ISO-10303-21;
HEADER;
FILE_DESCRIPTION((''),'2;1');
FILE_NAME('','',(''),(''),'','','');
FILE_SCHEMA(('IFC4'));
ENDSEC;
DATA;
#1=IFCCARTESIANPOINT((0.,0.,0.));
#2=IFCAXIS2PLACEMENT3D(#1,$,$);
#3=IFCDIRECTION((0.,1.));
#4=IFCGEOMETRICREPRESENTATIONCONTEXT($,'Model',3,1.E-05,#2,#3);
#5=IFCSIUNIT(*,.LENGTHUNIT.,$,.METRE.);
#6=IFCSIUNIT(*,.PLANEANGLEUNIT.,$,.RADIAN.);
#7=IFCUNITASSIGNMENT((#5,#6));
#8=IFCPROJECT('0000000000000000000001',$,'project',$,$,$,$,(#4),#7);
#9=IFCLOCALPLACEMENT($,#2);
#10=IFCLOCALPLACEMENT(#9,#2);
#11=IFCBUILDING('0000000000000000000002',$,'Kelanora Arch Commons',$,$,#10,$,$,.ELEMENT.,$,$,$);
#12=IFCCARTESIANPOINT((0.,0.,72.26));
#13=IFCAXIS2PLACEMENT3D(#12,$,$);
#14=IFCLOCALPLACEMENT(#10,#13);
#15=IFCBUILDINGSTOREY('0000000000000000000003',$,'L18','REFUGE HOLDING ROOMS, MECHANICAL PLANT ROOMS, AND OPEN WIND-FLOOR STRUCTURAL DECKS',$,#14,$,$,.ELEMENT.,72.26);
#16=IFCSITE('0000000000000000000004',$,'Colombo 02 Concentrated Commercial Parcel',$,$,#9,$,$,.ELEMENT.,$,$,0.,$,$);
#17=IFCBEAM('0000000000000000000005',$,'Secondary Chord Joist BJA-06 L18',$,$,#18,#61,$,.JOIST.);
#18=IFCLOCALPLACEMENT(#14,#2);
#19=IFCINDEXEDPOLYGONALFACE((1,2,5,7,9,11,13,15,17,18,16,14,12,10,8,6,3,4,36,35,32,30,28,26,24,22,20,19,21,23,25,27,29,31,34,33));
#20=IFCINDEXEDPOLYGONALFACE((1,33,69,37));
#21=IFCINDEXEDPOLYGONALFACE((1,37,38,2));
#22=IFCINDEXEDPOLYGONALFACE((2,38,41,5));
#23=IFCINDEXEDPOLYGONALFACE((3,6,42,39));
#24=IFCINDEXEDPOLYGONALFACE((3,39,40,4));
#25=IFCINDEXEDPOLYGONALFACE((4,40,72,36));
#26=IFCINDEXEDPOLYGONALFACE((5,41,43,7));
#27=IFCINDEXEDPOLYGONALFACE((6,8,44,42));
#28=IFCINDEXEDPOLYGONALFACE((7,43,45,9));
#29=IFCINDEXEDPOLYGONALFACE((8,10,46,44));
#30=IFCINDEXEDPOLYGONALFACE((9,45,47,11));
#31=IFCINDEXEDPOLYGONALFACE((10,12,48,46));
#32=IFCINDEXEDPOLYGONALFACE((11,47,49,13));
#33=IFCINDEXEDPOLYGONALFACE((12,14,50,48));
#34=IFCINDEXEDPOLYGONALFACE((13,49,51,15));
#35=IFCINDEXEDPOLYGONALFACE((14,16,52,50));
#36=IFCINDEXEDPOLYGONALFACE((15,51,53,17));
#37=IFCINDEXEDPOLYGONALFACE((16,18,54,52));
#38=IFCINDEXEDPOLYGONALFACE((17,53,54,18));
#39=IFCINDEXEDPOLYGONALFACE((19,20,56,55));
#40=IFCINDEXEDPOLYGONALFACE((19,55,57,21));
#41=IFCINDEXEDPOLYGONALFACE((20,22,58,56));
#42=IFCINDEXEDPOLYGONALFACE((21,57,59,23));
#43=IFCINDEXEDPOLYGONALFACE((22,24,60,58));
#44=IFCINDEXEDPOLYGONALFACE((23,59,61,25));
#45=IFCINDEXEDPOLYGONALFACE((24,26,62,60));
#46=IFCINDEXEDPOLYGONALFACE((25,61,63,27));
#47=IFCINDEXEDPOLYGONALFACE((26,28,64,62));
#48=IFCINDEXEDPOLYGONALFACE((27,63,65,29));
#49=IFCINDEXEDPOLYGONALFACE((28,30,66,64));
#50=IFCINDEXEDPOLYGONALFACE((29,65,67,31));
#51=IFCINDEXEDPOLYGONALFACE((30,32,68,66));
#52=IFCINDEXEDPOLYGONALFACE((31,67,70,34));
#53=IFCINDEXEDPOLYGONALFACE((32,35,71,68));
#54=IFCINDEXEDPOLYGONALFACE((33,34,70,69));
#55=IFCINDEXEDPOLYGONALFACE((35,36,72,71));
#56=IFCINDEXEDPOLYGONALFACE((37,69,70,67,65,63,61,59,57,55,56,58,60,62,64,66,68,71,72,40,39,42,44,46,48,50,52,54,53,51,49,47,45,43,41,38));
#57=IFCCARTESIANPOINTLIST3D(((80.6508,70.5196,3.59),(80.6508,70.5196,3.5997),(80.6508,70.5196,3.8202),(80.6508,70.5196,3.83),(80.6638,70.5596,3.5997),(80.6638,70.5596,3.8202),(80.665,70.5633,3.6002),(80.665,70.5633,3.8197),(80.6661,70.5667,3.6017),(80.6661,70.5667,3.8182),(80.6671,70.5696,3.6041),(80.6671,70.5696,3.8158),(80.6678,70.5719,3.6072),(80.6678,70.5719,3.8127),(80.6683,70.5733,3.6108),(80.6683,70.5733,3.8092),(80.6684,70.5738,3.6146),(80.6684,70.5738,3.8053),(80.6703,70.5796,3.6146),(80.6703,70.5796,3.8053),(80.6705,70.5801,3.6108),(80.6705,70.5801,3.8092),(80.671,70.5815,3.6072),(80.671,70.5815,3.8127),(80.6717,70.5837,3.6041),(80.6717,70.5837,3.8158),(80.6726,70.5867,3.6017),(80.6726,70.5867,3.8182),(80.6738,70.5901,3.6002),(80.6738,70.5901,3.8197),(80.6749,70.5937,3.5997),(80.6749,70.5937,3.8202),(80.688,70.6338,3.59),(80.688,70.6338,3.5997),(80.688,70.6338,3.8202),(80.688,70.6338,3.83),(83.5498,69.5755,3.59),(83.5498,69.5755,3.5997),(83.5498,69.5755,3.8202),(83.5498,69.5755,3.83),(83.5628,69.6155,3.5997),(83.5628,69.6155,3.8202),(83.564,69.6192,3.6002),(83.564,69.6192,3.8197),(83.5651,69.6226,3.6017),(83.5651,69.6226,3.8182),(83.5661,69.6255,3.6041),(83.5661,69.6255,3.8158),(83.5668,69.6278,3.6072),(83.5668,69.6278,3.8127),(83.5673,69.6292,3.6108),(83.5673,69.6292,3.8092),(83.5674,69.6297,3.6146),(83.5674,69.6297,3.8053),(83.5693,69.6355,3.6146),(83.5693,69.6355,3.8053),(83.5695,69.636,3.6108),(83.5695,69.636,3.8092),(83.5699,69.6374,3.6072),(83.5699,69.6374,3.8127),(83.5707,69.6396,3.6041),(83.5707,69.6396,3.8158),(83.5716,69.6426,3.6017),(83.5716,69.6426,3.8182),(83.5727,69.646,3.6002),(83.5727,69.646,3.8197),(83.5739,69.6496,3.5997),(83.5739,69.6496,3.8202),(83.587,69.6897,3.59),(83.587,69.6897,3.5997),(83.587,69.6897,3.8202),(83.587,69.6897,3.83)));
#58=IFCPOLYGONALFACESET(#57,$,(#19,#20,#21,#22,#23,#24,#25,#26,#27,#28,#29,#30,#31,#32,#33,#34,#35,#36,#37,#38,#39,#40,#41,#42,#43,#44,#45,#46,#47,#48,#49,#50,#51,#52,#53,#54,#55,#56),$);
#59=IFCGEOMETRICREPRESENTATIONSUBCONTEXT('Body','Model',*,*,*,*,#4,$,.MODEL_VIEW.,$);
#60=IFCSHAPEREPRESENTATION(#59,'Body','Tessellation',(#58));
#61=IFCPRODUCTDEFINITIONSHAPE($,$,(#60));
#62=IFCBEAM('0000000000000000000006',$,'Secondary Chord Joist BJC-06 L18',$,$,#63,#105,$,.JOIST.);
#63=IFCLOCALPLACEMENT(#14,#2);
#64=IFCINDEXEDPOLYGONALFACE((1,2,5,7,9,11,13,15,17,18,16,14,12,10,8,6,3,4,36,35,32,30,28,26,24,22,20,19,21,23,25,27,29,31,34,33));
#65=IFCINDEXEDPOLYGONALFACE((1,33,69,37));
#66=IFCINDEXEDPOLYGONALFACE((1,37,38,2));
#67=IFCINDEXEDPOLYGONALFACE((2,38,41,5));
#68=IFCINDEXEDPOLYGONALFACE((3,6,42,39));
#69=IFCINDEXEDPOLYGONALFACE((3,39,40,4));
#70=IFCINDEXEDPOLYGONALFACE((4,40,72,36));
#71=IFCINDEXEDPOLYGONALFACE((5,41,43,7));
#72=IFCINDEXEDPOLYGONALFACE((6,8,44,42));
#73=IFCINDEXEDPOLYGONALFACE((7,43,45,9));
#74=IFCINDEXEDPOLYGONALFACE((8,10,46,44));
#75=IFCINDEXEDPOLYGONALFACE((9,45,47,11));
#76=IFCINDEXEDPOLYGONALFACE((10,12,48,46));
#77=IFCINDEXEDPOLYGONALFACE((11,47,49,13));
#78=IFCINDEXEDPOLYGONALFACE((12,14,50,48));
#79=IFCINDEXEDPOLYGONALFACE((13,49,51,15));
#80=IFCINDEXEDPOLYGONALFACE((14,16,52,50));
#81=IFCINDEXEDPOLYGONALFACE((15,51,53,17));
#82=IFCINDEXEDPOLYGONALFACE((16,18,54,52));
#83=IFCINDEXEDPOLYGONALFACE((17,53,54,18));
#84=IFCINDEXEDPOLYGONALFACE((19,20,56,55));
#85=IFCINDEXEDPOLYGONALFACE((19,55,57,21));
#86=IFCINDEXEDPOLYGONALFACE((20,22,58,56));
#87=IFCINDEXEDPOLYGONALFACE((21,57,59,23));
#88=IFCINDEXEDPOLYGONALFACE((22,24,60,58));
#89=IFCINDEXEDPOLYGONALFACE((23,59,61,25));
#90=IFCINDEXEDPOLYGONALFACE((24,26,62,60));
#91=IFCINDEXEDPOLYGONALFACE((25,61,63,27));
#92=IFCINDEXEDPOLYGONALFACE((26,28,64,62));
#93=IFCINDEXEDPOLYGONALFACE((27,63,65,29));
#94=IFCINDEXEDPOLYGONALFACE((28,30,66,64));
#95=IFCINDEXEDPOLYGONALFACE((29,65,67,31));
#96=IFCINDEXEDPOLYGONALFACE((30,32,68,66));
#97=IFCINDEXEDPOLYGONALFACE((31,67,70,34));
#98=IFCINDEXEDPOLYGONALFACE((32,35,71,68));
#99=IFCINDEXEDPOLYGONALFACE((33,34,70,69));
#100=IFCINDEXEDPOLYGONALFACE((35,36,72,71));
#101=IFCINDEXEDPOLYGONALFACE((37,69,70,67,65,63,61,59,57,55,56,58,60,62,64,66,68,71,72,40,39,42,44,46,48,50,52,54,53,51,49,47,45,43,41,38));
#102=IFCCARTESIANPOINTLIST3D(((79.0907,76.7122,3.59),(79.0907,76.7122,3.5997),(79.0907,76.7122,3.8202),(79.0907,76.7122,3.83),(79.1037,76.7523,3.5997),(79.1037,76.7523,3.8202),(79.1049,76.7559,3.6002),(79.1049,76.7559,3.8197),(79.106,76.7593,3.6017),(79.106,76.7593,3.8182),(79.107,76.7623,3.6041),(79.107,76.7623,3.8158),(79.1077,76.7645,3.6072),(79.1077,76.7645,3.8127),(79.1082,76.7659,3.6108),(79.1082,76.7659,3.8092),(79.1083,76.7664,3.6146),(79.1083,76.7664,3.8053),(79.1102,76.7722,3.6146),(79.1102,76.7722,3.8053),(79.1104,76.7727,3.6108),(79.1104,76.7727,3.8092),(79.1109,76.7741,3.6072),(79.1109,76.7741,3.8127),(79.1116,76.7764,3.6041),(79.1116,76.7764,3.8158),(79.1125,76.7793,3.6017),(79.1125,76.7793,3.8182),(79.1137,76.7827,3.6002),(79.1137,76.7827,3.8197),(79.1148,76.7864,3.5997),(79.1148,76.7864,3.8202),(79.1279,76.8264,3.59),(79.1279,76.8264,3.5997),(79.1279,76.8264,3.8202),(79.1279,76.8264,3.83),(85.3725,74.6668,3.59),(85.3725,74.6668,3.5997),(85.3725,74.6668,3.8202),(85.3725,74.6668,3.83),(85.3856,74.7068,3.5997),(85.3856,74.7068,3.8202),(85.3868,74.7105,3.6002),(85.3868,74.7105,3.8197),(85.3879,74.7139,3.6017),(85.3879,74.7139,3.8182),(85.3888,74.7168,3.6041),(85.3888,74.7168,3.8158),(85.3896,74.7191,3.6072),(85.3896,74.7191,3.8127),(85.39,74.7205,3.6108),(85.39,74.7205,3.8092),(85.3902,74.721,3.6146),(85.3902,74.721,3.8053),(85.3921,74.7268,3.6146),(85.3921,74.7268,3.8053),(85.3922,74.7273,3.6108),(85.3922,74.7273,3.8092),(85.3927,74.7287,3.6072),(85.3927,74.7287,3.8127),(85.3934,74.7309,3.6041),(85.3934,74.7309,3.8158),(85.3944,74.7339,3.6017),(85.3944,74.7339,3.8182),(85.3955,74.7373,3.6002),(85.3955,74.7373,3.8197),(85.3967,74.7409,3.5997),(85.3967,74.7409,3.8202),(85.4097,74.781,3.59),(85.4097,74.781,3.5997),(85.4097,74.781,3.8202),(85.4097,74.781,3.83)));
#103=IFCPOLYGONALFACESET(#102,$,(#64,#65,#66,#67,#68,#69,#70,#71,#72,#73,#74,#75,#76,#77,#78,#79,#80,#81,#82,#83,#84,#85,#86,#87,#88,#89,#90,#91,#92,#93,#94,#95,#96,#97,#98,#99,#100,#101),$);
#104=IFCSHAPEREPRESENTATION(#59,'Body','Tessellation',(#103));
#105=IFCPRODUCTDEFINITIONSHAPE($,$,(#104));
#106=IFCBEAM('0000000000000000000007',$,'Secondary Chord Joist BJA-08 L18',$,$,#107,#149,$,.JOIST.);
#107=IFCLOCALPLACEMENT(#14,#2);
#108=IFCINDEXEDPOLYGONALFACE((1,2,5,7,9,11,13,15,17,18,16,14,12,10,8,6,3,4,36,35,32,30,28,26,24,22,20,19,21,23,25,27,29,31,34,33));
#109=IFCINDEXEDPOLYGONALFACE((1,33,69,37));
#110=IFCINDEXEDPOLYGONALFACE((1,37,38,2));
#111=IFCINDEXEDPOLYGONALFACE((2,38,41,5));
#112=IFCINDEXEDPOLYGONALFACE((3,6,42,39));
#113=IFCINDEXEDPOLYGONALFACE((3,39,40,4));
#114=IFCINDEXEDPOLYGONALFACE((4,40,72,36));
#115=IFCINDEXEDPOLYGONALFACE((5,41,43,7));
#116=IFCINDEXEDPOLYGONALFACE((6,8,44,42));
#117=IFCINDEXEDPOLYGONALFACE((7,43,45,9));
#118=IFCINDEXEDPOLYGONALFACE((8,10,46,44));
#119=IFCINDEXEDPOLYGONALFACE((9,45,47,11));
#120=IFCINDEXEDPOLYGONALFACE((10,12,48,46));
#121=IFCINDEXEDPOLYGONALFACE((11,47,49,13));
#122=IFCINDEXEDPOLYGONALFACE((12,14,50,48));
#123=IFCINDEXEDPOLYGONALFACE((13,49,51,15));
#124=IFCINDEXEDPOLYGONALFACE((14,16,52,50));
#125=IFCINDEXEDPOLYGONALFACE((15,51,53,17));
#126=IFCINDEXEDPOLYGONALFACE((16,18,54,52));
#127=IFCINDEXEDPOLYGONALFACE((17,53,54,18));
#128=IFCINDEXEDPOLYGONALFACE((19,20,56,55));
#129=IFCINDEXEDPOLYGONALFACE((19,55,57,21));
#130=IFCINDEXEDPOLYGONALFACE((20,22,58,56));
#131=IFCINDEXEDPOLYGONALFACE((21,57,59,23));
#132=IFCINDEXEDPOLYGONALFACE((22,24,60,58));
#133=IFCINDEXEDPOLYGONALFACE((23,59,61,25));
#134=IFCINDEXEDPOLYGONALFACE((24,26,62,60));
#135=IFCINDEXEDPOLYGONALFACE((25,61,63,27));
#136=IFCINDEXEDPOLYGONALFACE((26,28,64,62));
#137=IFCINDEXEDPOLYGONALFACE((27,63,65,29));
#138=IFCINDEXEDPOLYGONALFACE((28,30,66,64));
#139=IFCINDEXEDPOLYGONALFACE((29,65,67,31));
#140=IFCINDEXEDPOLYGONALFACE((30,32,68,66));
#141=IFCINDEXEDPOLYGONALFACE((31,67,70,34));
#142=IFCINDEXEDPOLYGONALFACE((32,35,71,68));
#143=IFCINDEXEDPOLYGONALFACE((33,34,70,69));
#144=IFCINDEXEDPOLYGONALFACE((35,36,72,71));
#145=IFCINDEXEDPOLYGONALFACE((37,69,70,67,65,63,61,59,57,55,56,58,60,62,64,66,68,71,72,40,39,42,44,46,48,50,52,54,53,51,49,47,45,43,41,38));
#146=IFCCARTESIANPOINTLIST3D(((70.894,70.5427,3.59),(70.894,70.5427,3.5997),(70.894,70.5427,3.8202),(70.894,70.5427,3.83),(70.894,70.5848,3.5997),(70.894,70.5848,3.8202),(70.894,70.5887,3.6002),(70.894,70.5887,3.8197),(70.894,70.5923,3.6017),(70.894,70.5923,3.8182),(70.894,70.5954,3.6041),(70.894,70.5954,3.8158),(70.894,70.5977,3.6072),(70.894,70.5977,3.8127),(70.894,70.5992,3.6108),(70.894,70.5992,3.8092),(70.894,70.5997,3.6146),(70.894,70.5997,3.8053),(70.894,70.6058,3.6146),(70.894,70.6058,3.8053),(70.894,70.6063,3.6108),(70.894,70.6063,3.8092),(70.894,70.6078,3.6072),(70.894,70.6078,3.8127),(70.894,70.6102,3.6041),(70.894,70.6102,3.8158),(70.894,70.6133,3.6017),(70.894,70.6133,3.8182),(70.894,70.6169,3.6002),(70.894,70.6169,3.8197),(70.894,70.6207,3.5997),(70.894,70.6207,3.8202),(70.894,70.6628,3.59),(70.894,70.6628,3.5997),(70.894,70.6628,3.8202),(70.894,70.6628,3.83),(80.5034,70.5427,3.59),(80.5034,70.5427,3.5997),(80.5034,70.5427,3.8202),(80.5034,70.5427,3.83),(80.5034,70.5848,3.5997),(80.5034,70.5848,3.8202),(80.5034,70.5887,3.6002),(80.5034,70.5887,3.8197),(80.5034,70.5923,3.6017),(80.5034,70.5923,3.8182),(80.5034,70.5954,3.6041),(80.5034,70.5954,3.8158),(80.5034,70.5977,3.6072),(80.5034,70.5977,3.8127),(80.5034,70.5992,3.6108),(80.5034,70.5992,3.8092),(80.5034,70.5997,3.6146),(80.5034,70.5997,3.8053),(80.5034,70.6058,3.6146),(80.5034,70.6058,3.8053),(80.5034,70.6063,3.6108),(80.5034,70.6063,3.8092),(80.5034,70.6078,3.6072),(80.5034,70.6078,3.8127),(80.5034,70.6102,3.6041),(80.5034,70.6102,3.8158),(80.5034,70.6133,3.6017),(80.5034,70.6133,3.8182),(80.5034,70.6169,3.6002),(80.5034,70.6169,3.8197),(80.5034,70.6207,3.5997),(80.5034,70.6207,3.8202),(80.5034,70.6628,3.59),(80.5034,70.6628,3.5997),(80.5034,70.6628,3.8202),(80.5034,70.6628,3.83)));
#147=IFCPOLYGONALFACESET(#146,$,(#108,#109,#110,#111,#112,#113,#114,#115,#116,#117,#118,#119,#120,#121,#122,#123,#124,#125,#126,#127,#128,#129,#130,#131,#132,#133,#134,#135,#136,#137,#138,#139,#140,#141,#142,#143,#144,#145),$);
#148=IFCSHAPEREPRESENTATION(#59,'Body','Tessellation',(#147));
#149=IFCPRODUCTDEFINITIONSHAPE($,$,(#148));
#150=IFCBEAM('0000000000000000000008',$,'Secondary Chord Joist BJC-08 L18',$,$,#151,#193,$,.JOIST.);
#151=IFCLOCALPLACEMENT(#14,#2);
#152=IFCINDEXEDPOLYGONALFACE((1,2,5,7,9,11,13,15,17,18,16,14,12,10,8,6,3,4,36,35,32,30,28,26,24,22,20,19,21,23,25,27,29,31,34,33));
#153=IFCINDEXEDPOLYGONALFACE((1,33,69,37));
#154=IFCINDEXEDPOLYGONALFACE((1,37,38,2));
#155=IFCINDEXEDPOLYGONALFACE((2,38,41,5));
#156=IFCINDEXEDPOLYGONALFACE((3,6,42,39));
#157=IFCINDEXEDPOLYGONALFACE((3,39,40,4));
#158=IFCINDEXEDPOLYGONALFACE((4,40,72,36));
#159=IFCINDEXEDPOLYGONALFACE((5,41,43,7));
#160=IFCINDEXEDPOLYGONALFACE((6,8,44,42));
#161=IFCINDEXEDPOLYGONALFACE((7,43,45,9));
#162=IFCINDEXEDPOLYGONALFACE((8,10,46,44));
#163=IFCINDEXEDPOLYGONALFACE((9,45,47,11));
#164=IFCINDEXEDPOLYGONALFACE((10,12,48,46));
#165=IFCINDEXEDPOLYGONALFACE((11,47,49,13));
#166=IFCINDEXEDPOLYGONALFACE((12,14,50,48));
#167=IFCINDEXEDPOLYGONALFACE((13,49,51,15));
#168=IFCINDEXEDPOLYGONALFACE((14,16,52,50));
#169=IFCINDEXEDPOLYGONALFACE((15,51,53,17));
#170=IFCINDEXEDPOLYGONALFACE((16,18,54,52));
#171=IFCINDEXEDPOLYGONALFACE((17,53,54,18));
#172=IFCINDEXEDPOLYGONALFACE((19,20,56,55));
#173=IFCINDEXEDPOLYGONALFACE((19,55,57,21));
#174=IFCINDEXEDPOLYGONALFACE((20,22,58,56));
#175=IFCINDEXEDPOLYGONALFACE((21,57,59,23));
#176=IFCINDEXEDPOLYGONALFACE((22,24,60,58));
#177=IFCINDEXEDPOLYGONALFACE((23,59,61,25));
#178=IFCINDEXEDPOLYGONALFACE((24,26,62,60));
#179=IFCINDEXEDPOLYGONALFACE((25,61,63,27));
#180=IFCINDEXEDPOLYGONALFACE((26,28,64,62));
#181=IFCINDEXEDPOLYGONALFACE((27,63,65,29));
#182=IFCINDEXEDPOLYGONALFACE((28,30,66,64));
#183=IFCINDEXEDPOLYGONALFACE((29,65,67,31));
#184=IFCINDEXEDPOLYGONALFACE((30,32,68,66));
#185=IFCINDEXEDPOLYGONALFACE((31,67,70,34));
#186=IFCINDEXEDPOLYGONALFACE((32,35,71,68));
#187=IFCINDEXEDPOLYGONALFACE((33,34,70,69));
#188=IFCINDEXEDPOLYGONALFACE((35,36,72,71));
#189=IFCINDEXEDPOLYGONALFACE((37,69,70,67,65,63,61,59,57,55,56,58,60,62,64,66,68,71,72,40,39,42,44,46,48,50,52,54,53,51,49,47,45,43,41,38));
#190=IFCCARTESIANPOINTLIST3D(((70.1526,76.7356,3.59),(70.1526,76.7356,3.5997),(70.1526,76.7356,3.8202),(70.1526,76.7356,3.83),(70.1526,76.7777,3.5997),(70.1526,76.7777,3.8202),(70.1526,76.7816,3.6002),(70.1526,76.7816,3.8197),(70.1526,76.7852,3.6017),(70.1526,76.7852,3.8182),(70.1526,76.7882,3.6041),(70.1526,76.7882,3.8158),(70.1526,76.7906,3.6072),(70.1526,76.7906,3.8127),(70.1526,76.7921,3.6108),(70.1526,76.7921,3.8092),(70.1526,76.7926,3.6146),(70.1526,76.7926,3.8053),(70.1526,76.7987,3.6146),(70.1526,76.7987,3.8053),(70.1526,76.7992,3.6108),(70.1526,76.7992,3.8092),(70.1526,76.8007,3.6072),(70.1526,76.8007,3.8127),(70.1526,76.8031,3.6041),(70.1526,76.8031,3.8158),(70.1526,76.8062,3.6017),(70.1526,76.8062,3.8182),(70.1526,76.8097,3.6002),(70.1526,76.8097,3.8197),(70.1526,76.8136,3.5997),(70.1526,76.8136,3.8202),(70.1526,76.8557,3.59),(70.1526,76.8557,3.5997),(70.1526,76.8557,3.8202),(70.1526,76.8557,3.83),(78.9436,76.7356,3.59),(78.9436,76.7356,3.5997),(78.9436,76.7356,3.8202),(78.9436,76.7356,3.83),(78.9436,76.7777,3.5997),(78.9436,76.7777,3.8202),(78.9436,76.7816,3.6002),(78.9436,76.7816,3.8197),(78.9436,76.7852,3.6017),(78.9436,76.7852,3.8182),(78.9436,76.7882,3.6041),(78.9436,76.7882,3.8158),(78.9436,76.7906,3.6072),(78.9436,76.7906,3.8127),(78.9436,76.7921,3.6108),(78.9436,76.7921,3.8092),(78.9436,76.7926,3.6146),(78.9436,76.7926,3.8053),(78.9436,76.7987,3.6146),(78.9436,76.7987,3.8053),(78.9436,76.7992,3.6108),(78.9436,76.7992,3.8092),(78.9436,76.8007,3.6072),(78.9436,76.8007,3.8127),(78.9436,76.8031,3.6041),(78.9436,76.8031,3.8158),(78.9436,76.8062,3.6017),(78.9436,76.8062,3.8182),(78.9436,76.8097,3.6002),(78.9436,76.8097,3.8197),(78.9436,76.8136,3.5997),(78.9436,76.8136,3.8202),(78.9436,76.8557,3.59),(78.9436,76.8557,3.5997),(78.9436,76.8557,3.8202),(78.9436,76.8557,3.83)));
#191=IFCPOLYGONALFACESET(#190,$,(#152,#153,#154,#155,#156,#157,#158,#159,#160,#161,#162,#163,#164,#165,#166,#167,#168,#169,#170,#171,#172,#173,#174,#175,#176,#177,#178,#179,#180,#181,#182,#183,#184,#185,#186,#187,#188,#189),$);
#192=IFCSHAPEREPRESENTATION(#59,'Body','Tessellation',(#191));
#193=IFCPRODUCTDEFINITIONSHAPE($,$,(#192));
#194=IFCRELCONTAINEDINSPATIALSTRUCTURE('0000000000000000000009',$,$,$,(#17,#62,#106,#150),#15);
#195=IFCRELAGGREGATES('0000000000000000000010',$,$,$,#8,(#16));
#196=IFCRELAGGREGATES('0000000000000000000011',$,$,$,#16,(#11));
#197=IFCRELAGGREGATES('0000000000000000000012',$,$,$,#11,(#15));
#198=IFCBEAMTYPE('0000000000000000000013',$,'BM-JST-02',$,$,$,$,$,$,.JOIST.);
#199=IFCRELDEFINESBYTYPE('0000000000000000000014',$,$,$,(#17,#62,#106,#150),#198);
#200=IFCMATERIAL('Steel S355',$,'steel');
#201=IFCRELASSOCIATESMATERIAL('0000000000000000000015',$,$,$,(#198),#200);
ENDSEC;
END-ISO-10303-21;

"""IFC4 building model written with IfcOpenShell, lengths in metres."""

from ifc_helpers import new_model, si_unit, direction, frame, origin, origin_2d, place, context, subcontext, project, spatial, i_section, extrude, material, material_profile, profile_set, type_object, element, save


model = new_model("IFC4")

# Units and contexts
model_context = context("Model", 3, precision=1e-05, world=origin(), true_north=direction((0.0, 1.0)))
body_context = subcontext(model_context, "Body", "Model", "MODEL_VIEW")
ifc_project = project(units=[si_unit("LENGTHUNIT", "METRE"), si_unit("PLANEANGLEUNIT", "RADIAN")], contexts=[model_context])

# Site, building, storey
site_placement = place(None, origin())
site = spatial("IfcSite", under=ifc_project, at=site_placement, Name="Colombo 02 Concentrated Commercial Parcel", CompositionType="ELEMENT", RefElevation=0.0)
building_placement = place(site_placement, origin())
building = spatial("IfcBuilding", under=site, at=building_placement, Name="Kelanora Arch Commons", CompositionType="ELEMENT")
storey_placement = place(building_placement, frame((0.0, 0.0, 72.26)))
storey = spatial("IfcBuildingStorey", under=building, at=storey_placement, Name="L18", Description="REFUGE HOLDING ROOMS, MECHANICAL PLANT ROOMS, AND OPEN WIND-FLOOR STRUCTURAL DECKS", CompositionType="ELEMENT", Elevation=72.26)

# Beams
ifc_material_1 = material(Name="Steel S355", Category="steel")
ifc_material_profile_1 = material_profile(ifc_material_1, i_section(OverallWidth=0.1201, OverallDepth=0.24, WebThickness=0.0061, FlangeThickness=0.0098, FilletRadius=0.0149, at=origin_2d()), Name="IPE240")
ifc_profile_set_1 = profile_set([ifc_material_profile_1], Name="Steel S355")
beam_type_1 = type_object("IfcBeamType", Name="BM-JST-02", PredefinedType="JOIST", material=ifc_profile_set_1)
beam_1_placement = place(storey_placement, frame((83.5684, 69.6326, 3.71), z_axis=(-0.950847, 0.309662, 0.0), x_axis=(-0.309662, -0.950847, 0.0)))
element("IfcBeam", 1, at=beam_1_placement, inside=storey, type_object=beam_type_1, Name="Secondary Chord Joist BJA-06 L18", PredefinedType="JOIST", context=body_context, shape_type="SweptSolid", body=[
    extrude(i_section(OverallWidth=0.1201, OverallDepth=0.24, WebThickness=0.0061, FlangeThickness=0.0098, FilletRadius=0.0149, at=origin_2d()), origin(), (0.0, 0.0, 1.0), 3.0488),
])
beam_2_placement = place(storey_placement, frame((85.3911, 74.7239, 3.71), z_axis=(-0.950863, 0.309612, 0.0), x_axis=(-0.309612, -0.950863, 0.0)))
element("IfcBeam", 2, at=beam_2_placement, inside=storey, type_object=beam_type_1, Name="Secondary Chord Joist BJC-06 L18", PredefinedType="JOIST", context=body_context, shape_type="SweptSolid", body=[
    extrude(i_section(OverallWidth=0.1201, OverallDepth=0.24, WebThickness=0.0061, FlangeThickness=0.0098, FilletRadius=0.0149, at=origin_2d()), origin(), (0.0, 0.0, 1.0), 6.6064),
])
beam_3_placement = place(storey_placement, frame((80.5034, 70.6028, 3.71), z_axis=(-1.0, 0.0, 0.0), x_axis=(0.0, -1.0, 0.0)))
element("IfcBeam", 3, at=beam_3_placement, inside=storey, type_object=beam_type_1, Name="Secondary Chord Joist BJA-08 L18", PredefinedType="JOIST", context=body_context, shape_type="SweptSolid", body=[
    extrude(i_section(OverallWidth=0.1201, OverallDepth=0.24, WebThickness=0.0061, FlangeThickness=0.0098, FilletRadius=0.0149, at=origin_2d()), origin(), (0.0, 0.0, 1.0), 9.6094),
])
beam_4_placement = place(storey_placement, frame((78.9436, 76.7957, 3.71), z_axis=(-1.0, 0.0, 0.0), x_axis=(0.0, -1.0, 0.0)))
element("IfcBeam", 4, at=beam_4_placement, inside=storey, type_object=beam_type_1, Name="Secondary Chord Joist BJC-08 L18", PredefinedType="JOIST", context=body_context, shape_type="SweptSolid", body=[
    extrude(i_section(OverallWidth=0.1201, OverallDepth=0.24, WebThickness=0.0061, FlangeThickness=0.0098, FilletRadius=0.0149, at=origin_2d()), origin(), (0.0, 0.0, 1.0), 8.791),
])

save(model, "model.ifc")
